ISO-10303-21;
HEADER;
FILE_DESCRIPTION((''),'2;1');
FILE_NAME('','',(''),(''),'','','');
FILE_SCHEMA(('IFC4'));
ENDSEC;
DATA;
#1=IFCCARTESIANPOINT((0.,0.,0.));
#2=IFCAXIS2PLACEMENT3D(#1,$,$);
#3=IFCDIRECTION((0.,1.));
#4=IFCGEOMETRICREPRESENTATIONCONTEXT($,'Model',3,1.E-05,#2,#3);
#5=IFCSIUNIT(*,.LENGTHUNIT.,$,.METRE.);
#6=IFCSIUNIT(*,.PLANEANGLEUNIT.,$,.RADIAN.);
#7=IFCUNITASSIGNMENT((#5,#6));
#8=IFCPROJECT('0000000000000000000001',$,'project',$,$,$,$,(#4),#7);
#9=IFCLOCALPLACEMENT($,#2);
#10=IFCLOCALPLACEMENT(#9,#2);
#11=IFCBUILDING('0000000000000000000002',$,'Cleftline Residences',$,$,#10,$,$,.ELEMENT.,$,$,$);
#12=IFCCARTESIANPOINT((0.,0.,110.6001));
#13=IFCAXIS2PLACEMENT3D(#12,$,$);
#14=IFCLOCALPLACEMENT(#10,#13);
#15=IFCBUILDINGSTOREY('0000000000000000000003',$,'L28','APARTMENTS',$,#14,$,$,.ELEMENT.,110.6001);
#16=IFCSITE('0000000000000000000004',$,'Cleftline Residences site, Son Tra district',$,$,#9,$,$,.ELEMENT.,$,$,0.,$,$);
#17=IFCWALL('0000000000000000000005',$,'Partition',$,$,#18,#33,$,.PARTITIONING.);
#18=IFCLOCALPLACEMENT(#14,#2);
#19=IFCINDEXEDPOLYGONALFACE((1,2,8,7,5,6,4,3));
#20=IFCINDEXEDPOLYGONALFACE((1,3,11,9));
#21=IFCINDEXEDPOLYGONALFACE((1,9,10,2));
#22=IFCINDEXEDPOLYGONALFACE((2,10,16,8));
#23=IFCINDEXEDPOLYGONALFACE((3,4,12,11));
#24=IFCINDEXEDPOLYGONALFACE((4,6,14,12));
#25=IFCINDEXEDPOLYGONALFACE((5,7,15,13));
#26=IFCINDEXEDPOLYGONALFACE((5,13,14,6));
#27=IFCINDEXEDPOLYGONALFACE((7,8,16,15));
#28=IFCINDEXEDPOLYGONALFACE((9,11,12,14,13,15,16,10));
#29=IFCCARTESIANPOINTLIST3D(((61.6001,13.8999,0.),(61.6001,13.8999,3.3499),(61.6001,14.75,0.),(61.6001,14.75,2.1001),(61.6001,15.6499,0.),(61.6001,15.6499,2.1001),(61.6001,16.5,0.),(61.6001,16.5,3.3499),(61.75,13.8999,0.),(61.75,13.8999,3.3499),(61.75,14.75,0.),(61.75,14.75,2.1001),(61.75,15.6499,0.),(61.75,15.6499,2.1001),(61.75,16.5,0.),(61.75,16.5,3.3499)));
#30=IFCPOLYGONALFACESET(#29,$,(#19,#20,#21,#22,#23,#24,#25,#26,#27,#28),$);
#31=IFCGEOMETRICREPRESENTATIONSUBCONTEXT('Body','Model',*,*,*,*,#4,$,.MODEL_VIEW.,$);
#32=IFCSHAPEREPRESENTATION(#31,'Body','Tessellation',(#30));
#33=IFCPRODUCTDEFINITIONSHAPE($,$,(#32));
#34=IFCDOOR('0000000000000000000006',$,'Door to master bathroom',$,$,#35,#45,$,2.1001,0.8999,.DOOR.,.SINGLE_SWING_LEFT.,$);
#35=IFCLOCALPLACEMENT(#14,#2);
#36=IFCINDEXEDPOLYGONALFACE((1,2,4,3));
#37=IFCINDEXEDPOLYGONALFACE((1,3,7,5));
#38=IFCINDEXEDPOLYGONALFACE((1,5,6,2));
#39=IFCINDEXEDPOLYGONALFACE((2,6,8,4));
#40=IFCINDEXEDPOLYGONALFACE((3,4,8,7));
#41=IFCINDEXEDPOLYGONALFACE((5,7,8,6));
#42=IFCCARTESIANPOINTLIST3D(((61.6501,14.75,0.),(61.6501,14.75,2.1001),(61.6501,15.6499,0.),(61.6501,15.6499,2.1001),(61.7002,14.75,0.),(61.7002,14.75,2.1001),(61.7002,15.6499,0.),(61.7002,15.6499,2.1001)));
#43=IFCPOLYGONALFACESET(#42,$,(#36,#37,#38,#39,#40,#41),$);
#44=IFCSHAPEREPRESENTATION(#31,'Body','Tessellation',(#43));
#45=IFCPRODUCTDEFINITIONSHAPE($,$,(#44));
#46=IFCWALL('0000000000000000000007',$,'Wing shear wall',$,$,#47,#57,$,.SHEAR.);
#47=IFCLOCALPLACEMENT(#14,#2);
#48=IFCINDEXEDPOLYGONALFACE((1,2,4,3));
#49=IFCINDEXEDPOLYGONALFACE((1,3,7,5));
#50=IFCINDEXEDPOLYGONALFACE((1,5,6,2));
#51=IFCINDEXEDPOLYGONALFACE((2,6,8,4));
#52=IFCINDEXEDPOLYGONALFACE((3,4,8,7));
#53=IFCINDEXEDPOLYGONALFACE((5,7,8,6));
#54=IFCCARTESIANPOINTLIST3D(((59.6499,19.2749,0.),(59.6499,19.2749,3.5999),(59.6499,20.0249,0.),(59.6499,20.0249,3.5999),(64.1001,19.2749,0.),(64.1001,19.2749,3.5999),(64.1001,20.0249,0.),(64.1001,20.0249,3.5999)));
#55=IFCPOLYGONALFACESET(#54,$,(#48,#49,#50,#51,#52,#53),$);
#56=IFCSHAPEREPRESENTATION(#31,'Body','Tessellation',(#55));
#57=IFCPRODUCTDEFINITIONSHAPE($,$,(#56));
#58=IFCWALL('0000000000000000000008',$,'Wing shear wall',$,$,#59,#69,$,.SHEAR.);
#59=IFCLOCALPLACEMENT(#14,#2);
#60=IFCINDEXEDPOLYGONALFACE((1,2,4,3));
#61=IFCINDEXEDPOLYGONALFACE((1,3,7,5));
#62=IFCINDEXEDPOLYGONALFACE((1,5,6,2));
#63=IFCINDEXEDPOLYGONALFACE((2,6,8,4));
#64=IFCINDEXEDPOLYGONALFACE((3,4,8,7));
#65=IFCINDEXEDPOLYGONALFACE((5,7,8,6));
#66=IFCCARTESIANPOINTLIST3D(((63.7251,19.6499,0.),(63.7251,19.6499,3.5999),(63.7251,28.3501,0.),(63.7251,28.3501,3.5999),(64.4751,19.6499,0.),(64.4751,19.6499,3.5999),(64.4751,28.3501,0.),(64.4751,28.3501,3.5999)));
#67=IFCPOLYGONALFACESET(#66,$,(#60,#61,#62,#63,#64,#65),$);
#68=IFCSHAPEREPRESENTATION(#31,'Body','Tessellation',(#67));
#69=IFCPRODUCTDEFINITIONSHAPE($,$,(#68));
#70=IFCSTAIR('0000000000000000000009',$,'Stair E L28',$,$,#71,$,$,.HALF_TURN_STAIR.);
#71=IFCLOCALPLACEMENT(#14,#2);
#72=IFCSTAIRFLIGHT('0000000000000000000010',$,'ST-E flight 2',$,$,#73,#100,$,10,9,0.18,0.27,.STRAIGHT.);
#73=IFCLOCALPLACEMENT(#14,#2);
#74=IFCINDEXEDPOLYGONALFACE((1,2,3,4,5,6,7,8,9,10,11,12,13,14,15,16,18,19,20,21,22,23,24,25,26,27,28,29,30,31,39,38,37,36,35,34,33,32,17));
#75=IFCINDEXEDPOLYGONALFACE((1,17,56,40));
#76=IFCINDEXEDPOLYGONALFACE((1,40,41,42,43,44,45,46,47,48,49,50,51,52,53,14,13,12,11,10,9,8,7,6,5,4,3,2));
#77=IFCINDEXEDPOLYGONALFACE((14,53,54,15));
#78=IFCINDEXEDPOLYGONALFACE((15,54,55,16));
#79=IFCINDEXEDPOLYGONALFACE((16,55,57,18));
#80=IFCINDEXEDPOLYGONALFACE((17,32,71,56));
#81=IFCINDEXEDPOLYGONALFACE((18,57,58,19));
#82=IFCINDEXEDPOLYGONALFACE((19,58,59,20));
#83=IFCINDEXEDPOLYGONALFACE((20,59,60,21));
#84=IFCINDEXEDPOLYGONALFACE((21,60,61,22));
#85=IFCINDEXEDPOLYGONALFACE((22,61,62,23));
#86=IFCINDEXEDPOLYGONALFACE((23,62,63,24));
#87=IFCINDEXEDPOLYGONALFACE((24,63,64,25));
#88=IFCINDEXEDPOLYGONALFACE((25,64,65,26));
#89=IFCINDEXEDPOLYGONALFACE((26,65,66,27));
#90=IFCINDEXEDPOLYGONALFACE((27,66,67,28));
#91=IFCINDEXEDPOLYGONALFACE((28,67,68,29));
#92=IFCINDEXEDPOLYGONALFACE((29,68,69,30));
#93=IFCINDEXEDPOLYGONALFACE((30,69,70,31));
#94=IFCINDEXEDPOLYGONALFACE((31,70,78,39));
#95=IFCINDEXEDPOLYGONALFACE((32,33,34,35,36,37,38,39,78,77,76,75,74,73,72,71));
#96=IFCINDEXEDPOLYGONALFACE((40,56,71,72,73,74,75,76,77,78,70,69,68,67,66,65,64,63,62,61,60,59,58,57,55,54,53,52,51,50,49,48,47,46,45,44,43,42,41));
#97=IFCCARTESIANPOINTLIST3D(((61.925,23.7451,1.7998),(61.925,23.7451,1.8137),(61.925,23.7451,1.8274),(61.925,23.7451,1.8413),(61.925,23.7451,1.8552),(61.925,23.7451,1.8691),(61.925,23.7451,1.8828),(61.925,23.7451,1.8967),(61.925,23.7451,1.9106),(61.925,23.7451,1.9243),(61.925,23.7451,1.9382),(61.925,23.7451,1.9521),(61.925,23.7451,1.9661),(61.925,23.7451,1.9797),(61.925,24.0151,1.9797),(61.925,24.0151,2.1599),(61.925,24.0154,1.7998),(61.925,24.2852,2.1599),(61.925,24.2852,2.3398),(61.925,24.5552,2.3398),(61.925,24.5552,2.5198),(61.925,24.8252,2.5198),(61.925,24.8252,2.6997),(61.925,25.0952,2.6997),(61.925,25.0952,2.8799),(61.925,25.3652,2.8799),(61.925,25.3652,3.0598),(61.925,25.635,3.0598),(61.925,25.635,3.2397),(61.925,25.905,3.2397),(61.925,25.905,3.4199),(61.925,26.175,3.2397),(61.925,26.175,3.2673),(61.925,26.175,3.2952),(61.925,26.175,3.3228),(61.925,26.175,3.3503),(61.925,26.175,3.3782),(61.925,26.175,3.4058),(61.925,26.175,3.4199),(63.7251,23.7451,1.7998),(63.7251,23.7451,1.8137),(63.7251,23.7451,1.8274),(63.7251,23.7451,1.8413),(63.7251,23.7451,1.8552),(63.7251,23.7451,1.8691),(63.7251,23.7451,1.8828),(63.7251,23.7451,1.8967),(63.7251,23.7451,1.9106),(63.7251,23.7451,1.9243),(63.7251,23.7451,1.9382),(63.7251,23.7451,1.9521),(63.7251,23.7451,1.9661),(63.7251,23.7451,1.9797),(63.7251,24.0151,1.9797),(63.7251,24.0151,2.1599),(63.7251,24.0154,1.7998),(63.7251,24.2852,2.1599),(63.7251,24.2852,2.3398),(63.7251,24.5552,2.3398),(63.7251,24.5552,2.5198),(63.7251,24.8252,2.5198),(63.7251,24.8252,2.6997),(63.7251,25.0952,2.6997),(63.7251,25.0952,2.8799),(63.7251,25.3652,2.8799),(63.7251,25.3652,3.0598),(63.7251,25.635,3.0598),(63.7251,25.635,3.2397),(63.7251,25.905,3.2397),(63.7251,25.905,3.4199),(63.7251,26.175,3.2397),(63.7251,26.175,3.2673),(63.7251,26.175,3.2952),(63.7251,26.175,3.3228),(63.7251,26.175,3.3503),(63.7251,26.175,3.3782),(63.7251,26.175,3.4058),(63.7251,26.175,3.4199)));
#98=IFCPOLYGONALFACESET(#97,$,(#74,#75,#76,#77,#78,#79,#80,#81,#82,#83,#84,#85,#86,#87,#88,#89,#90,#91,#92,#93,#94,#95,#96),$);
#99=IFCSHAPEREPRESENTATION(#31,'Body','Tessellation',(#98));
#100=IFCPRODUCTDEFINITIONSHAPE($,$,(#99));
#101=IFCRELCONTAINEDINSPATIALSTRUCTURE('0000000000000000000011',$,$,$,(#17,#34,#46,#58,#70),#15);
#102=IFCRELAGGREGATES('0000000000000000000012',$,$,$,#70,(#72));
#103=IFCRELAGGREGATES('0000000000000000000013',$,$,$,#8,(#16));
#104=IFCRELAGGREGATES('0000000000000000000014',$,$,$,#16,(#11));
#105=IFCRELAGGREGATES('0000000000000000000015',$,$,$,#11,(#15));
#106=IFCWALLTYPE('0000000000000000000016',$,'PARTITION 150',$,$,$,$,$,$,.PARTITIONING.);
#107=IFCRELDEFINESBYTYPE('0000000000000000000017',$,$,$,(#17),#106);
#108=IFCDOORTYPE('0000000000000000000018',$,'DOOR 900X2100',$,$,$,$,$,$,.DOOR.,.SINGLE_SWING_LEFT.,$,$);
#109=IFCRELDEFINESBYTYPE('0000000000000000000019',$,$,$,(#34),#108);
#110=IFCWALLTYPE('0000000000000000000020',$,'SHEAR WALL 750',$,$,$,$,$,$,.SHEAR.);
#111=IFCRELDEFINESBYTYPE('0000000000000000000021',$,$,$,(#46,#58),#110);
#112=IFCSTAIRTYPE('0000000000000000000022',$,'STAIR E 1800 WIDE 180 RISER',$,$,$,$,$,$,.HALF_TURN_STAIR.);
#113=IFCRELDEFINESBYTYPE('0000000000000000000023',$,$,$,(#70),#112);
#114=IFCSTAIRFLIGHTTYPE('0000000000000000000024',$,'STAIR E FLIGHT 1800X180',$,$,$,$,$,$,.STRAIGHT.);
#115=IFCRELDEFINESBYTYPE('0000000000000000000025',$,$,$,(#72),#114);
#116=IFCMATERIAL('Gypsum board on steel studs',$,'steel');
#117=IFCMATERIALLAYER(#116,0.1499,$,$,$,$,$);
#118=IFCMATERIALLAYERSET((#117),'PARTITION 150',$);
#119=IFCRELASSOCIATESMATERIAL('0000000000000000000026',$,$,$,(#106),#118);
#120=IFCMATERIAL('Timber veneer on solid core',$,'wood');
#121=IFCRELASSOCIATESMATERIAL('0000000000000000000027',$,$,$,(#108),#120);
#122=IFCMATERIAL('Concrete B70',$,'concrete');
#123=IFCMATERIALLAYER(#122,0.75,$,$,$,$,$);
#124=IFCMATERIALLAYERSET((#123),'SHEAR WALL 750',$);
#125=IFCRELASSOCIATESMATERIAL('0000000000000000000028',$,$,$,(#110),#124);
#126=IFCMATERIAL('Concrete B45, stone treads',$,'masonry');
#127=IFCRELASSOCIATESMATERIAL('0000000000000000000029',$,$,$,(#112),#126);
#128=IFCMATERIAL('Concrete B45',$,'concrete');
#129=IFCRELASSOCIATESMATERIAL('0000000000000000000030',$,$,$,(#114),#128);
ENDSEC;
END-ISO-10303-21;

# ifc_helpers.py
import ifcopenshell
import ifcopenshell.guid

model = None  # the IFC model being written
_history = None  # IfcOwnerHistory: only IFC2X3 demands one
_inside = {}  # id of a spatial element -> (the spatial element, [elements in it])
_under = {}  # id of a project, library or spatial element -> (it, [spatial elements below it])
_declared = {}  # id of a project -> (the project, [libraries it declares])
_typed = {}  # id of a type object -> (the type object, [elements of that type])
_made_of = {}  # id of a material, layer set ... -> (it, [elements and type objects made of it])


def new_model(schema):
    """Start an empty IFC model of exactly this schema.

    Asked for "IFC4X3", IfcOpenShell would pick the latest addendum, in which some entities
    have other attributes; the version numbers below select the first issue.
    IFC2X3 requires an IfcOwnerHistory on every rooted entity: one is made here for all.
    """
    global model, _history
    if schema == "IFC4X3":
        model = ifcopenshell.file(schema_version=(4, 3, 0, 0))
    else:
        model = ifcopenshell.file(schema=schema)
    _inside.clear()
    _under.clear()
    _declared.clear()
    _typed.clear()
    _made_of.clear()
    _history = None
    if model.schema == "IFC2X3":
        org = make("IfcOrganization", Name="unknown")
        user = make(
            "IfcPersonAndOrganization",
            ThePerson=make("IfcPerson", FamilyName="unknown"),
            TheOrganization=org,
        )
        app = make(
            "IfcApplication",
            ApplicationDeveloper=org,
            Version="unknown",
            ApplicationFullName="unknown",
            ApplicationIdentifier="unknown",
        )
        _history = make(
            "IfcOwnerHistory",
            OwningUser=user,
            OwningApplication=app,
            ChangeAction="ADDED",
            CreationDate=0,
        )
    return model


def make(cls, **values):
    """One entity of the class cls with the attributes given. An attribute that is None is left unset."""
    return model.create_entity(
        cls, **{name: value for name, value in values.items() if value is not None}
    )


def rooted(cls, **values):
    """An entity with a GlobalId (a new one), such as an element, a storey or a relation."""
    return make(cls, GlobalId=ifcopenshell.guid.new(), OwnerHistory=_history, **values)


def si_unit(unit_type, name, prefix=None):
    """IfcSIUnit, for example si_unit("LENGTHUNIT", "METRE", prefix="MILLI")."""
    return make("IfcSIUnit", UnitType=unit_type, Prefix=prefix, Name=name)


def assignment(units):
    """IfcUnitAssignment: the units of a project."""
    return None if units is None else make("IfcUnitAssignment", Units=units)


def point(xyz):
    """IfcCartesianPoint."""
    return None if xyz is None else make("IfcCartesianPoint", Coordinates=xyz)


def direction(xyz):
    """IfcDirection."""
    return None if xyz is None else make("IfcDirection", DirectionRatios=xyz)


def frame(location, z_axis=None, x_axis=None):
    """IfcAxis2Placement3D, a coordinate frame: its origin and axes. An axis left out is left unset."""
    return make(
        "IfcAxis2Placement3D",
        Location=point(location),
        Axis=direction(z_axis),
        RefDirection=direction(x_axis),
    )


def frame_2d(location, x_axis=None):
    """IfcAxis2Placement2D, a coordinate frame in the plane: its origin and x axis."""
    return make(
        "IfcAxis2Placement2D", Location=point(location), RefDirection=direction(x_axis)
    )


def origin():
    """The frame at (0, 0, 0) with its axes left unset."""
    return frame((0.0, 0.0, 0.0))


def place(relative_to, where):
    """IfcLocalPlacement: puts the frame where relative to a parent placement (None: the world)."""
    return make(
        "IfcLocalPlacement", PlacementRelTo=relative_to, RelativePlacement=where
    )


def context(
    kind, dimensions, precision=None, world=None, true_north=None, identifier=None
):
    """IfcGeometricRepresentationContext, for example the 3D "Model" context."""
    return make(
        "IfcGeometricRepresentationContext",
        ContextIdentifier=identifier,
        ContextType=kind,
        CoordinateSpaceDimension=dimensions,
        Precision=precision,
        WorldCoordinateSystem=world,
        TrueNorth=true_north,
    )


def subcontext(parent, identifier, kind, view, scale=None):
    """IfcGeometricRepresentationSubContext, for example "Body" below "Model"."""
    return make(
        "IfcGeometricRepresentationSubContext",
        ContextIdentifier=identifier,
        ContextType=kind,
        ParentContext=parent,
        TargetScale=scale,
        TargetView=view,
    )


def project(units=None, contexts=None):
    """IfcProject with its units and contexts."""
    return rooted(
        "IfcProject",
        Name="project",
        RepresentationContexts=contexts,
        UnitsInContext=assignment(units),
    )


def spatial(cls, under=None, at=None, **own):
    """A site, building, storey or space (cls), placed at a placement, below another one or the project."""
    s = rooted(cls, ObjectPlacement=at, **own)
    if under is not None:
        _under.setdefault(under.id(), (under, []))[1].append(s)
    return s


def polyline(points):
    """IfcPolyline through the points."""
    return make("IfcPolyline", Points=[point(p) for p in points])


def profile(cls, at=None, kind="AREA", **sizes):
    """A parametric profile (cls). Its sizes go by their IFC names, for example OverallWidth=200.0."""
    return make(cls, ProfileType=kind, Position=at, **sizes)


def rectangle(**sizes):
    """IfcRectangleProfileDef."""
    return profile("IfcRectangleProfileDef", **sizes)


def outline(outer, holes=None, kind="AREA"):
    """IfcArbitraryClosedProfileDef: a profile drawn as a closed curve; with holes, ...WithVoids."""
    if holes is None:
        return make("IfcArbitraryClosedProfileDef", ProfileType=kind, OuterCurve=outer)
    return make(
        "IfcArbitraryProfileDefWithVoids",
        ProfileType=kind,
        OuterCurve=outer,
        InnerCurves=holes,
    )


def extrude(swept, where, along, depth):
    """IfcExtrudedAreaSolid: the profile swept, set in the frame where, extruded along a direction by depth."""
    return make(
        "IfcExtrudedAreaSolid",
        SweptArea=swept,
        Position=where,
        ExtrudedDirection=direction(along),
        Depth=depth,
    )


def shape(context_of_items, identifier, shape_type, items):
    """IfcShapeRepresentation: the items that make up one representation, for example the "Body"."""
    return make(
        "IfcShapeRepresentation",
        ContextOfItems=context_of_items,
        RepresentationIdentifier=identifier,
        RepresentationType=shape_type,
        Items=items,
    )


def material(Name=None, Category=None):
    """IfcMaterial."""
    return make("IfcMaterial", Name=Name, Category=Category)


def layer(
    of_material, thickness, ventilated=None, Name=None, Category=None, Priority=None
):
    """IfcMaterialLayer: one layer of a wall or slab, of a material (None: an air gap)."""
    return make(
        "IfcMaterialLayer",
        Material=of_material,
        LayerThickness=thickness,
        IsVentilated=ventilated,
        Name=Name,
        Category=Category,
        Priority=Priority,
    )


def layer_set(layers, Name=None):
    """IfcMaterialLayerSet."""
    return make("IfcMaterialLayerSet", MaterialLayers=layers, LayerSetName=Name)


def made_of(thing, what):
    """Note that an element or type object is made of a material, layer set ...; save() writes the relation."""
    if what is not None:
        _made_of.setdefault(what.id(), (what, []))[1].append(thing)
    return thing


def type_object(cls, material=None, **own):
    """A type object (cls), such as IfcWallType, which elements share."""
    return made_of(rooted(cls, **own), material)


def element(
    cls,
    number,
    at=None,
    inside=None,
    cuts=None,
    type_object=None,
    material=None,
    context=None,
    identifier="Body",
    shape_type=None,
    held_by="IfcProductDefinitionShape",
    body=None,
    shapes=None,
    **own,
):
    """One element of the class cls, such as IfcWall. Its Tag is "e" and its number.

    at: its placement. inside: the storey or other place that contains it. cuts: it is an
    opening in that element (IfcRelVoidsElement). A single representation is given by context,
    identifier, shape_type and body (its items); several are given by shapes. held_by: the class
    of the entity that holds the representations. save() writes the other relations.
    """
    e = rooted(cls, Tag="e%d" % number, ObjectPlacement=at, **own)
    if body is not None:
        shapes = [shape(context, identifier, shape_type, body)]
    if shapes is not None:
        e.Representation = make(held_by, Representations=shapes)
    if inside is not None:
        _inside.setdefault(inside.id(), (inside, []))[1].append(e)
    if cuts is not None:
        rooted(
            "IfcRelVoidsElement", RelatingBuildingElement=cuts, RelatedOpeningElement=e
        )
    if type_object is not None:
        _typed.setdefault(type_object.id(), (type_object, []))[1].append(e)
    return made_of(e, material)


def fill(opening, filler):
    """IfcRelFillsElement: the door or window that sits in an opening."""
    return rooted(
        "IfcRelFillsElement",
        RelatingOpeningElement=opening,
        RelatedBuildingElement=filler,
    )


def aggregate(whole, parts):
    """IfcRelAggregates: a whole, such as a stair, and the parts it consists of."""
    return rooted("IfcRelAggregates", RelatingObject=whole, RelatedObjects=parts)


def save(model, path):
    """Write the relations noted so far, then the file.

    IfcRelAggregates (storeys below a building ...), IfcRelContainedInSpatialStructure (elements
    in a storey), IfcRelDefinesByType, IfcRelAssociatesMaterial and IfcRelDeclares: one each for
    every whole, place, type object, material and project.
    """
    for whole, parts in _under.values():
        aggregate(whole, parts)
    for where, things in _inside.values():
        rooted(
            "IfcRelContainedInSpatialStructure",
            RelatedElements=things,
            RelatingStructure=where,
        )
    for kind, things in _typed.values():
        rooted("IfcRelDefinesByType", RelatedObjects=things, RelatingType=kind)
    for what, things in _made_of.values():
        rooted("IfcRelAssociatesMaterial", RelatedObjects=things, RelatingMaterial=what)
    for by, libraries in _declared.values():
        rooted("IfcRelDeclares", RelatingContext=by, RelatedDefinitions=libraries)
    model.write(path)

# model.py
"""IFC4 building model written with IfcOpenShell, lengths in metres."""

from ifc_helpers import new_model, si_unit, direction, frame, frame_2d, origin, place, context, subcontext, project, spatial, polyline, rectangle, outline, extrude, material, layer, layer_set, type_object, element, fill, aggregate, save


model = new_model("IFC4")

# Units and contexts
model_context = context("Model", 3, precision=1e-05, world=origin(), true_north=direction((0.0, 1.0)))
body_context = subcontext(model_context, "Body", "Model", "MODEL_VIEW")
ifc_project = project(units=[si_unit("LENGTHUNIT", "METRE"), si_unit("PLANEANGLEUNIT", "RADIAN")], contexts=[model_context])

# Site, building, storey
site_placement = place(None, origin())
site = spatial("IfcSite", under=ifc_project, at=site_placement, Name="Cleftline Residences site, Son Tra district", CompositionType="ELEMENT", RefElevation=0.0)
building_placement = place(site_placement, origin())
building = spatial("IfcBuilding", under=site, at=building_placement, Name="Cleftline Residences", CompositionType="ELEMENT")
storey_placement = place(building_placement, frame((0.0, 0.0, 110.6001)))
storey = spatial("IfcBuildingStorey", under=building, at=storey_placement, Name="L28", Description="APARTMENTS", CompositionType="ELEMENT", Elevation=110.6001)

# Shared definitions
ifc_material_1 = material(Name="Gypsum board on steel studs", Category="steel")
ifc_layer_1 = layer(ifc_material_1, 0.1499)
ifc_layer_set_1 = layer_set([ifc_layer_1], Name="PARTITION 150")
wall_type_1 = type_object("IfcWallType", Name="PARTITION 150", PredefinedType="PARTITIONING", material=ifc_layer_set_1)

# Wall, opening, door
wall_1_placement = place(storey_placement, frame((61.675, 13.8999, 0.0), z_axis=(0.0, 0.0, 1.0), x_axis=(0.0, 1.0, 0.0)))
wall_1 = element("IfcWall", 1, at=wall_1_placement, inside=storey, type_object=wall_type_1, Name="Partition", PredefinedType="PARTITIONING", context=body_context, shape_type="SweptSolid", body=[
    extrude(rectangle(XDim=2.6001, YDim=0.1499, at=frame_2d((1.3, 0.0))), origin(), (0.0, 0.0, 1.0), 3.3499),
])
opening_1_placement = place(wall_1_placement, frame((0.8501, 0.0, 0.0)))
opening_1 = element("IfcOpeningElement", 2, at=opening_1_placement, cuts=wall_1, PredefinedType="OPENING", context=body_context, shape_type="SweptSolid", body=[
    extrude(rectangle(XDim=0.8999, YDim=2.1001, at=frame_2d((0.45, 1.05))), frame((0.0, 0.085, 0.0), z_axis=(0.0, -1.0, 0.0), x_axis=(1.0, 0.0, 0.0)), (0.0, 0.0, 1.0), 0.1699),
])
ifc_material_2 = material(Name="Timber veneer on solid core", Category="wood")
door_type_1 = type_object("IfcDoorType", Name="DOOR 900X2100", OperationType="SINGLE_SWING_LEFT", PredefinedType="DOOR", material=ifc_material_2)
door_1_placement = place(opening_1_placement, origin())
door_1 = element("IfcDoor", 3, at=door_1_placement, inside=storey, type_object=door_type_1, Name="Door to master bathroom", OperationType="SINGLE_SWING_LEFT", OverallHeight=2.1001, OverallWidth=0.8999, PredefinedType="DOOR", context=body_context, shape_type="SweptSolid", body=[
    extrude(rectangle(XDim=0.8999, YDim=2.1001, at=frame_2d((0.45, 1.05))), frame((0.0, 0.0249, 0.0), z_axis=(0.0, -1.0, 0.0), x_axis=(1.0, 0.0, 0.0)), (0.0, 0.0, 1.0), 0.05),
])
fill(opening_1, door_1)

# Walls
ifc_material_3 = material(Name="Concrete B70", Category="concrete")
ifc_layer_2 = layer(ifc_material_3, 0.75)
ifc_layer_set_2 = layer_set([ifc_layer_2], Name="SHEAR WALL 750")
wall_type_2 = type_object("IfcWallType", Name="SHEAR WALL 750", PredefinedType="SHEAR", material=ifc_layer_set_2)
wall_2_placement = place(storey_placement, frame((59.6499, 19.6499, 0.0), z_axis=(0.0, 0.0, 1.0), x_axis=(1.0, 0.0, 0.0)))
element("IfcWall", 4, at=wall_2_placement, inside=storey, type_object=wall_type_2, Name="Wing shear wall", PredefinedType="SHEAR", context=body_context, shape_type="SweptSolid", body=[
    extrude(rectangle(XDim=4.4502, YDim=0.75, at=frame_2d((2.2251, 0.0))), origin(), (0.0, 0.0, 1.0), 3.5999),
])
wall_3_placement = place(storey_placement, frame((64.1001, 19.6499, 0.0), z_axis=(0.0, 0.0, 1.0), x_axis=(0.0, 1.0, 0.0)))
element("IfcWall", 5, at=wall_3_placement, inside=storey, type_object=wall_type_2, Name="Wing shear wall", PredefinedType="SHEAR", context=body_context, shape_type="SweptSolid", body=[
    extrude(rectangle(XDim=8.7002, YDim=0.75, at=frame_2d((4.3501, 0.0))), origin(), (0.0, 0.0, 1.0), 3.5999),
])

# Stair, stair flight
ifc_material_4 = material(Name="Concrete B45, stone treads", Category="masonry")
stair_type = type_object("IfcStairType", Name="STAIR E 1800 WIDE 180 RISER", PredefinedType="HALF_TURN_STAIR", material=ifc_material_4)
stair_placement = place(storey_placement, origin())
stair = element("IfcStair", 6, at=stair_placement, inside=storey, type_object=stair_type, Name="Stair E L28", PredefinedType="HALF_TURN_STAIR")
ifc_material_5 = material(Name="Concrete B45", Category="concrete")
stair_flight_type = type_object("IfcStairFlightType", Name="STAIR E FLIGHT 1800X180", PredefinedType="STRAIGHT", material=ifc_material_5)
stair_flight_placement = place(storey_placement, frame((62.825, 23.7451, 1.7998), z_axis=(0.0, 0.0, 1.0), x_axis=(0.0, 1.0, 0.0)))
stair_flight = element("IfcStairFlight", 7, at=stair_flight_placement, type_object=stair_flight_type, Name="ST-E flight 2", NumberOfRisers=10, NumberOfTreads=9, PredefinedType="STRAIGHT", RiserHeight=0.18, TreadLength=0.27, context=body_context, shape_type="SweptSolid", body=[
    extrude(outline(polyline([(0.0, 0.0), (0.0, 0.0139), (0.0, 0.0276), (0.0, 0.0415), (0.0, 0.0554), (0.0, 0.0693), (0.0, 0.083), (0.0, 0.0969), (0.0, 0.1108), (0.0, 0.1245), (0.0, 0.1384), (0.0, 0.1523), (0.0, 0.1663), (0.0, 0.1799), (0.27, 0.1799), (0.27, 0.3601), (0.54, 0.3601), (0.54, 0.54), (0.8101, 0.54), (0.8101, 0.72), (1.0801, 0.72), (1.0801, 0.8999), (1.3501, 0.8999), (1.3501, 1.0801), (1.6201, 1.0801), (1.6201, 1.26), (1.8899, 1.26), (1.8899, 1.4399), (2.1599, 1.4399), (2.1599, 1.6201), (2.4299, 1.6201), (2.4299, 1.8), (2.4299, 1.7722), (2.4299, 1.7446), (2.4299, 1.7168), (2.4299, 1.6892), (2.4299, 1.6614), (2.4299, 1.6338), (2.4299, 1.606), (2.4299, 1.5784), (2.4299, 1.5505), (2.4299, 1.5229), (2.4299, 1.4954), (2.4299, 1.4675), (2.4299, 1.4399), (0.2703, 0.0), (0.0, 0.0)])), frame((0.0, 0.8999, 0.0), z_axis=(0.0, -1.0, 0.0), x_axis=(1.0, 0.0, 0.0)), (0.0, 0.0, 1.0), 1.8),
])
aggregate(stair, [stair_flight])

save(model, "model.ifc")
